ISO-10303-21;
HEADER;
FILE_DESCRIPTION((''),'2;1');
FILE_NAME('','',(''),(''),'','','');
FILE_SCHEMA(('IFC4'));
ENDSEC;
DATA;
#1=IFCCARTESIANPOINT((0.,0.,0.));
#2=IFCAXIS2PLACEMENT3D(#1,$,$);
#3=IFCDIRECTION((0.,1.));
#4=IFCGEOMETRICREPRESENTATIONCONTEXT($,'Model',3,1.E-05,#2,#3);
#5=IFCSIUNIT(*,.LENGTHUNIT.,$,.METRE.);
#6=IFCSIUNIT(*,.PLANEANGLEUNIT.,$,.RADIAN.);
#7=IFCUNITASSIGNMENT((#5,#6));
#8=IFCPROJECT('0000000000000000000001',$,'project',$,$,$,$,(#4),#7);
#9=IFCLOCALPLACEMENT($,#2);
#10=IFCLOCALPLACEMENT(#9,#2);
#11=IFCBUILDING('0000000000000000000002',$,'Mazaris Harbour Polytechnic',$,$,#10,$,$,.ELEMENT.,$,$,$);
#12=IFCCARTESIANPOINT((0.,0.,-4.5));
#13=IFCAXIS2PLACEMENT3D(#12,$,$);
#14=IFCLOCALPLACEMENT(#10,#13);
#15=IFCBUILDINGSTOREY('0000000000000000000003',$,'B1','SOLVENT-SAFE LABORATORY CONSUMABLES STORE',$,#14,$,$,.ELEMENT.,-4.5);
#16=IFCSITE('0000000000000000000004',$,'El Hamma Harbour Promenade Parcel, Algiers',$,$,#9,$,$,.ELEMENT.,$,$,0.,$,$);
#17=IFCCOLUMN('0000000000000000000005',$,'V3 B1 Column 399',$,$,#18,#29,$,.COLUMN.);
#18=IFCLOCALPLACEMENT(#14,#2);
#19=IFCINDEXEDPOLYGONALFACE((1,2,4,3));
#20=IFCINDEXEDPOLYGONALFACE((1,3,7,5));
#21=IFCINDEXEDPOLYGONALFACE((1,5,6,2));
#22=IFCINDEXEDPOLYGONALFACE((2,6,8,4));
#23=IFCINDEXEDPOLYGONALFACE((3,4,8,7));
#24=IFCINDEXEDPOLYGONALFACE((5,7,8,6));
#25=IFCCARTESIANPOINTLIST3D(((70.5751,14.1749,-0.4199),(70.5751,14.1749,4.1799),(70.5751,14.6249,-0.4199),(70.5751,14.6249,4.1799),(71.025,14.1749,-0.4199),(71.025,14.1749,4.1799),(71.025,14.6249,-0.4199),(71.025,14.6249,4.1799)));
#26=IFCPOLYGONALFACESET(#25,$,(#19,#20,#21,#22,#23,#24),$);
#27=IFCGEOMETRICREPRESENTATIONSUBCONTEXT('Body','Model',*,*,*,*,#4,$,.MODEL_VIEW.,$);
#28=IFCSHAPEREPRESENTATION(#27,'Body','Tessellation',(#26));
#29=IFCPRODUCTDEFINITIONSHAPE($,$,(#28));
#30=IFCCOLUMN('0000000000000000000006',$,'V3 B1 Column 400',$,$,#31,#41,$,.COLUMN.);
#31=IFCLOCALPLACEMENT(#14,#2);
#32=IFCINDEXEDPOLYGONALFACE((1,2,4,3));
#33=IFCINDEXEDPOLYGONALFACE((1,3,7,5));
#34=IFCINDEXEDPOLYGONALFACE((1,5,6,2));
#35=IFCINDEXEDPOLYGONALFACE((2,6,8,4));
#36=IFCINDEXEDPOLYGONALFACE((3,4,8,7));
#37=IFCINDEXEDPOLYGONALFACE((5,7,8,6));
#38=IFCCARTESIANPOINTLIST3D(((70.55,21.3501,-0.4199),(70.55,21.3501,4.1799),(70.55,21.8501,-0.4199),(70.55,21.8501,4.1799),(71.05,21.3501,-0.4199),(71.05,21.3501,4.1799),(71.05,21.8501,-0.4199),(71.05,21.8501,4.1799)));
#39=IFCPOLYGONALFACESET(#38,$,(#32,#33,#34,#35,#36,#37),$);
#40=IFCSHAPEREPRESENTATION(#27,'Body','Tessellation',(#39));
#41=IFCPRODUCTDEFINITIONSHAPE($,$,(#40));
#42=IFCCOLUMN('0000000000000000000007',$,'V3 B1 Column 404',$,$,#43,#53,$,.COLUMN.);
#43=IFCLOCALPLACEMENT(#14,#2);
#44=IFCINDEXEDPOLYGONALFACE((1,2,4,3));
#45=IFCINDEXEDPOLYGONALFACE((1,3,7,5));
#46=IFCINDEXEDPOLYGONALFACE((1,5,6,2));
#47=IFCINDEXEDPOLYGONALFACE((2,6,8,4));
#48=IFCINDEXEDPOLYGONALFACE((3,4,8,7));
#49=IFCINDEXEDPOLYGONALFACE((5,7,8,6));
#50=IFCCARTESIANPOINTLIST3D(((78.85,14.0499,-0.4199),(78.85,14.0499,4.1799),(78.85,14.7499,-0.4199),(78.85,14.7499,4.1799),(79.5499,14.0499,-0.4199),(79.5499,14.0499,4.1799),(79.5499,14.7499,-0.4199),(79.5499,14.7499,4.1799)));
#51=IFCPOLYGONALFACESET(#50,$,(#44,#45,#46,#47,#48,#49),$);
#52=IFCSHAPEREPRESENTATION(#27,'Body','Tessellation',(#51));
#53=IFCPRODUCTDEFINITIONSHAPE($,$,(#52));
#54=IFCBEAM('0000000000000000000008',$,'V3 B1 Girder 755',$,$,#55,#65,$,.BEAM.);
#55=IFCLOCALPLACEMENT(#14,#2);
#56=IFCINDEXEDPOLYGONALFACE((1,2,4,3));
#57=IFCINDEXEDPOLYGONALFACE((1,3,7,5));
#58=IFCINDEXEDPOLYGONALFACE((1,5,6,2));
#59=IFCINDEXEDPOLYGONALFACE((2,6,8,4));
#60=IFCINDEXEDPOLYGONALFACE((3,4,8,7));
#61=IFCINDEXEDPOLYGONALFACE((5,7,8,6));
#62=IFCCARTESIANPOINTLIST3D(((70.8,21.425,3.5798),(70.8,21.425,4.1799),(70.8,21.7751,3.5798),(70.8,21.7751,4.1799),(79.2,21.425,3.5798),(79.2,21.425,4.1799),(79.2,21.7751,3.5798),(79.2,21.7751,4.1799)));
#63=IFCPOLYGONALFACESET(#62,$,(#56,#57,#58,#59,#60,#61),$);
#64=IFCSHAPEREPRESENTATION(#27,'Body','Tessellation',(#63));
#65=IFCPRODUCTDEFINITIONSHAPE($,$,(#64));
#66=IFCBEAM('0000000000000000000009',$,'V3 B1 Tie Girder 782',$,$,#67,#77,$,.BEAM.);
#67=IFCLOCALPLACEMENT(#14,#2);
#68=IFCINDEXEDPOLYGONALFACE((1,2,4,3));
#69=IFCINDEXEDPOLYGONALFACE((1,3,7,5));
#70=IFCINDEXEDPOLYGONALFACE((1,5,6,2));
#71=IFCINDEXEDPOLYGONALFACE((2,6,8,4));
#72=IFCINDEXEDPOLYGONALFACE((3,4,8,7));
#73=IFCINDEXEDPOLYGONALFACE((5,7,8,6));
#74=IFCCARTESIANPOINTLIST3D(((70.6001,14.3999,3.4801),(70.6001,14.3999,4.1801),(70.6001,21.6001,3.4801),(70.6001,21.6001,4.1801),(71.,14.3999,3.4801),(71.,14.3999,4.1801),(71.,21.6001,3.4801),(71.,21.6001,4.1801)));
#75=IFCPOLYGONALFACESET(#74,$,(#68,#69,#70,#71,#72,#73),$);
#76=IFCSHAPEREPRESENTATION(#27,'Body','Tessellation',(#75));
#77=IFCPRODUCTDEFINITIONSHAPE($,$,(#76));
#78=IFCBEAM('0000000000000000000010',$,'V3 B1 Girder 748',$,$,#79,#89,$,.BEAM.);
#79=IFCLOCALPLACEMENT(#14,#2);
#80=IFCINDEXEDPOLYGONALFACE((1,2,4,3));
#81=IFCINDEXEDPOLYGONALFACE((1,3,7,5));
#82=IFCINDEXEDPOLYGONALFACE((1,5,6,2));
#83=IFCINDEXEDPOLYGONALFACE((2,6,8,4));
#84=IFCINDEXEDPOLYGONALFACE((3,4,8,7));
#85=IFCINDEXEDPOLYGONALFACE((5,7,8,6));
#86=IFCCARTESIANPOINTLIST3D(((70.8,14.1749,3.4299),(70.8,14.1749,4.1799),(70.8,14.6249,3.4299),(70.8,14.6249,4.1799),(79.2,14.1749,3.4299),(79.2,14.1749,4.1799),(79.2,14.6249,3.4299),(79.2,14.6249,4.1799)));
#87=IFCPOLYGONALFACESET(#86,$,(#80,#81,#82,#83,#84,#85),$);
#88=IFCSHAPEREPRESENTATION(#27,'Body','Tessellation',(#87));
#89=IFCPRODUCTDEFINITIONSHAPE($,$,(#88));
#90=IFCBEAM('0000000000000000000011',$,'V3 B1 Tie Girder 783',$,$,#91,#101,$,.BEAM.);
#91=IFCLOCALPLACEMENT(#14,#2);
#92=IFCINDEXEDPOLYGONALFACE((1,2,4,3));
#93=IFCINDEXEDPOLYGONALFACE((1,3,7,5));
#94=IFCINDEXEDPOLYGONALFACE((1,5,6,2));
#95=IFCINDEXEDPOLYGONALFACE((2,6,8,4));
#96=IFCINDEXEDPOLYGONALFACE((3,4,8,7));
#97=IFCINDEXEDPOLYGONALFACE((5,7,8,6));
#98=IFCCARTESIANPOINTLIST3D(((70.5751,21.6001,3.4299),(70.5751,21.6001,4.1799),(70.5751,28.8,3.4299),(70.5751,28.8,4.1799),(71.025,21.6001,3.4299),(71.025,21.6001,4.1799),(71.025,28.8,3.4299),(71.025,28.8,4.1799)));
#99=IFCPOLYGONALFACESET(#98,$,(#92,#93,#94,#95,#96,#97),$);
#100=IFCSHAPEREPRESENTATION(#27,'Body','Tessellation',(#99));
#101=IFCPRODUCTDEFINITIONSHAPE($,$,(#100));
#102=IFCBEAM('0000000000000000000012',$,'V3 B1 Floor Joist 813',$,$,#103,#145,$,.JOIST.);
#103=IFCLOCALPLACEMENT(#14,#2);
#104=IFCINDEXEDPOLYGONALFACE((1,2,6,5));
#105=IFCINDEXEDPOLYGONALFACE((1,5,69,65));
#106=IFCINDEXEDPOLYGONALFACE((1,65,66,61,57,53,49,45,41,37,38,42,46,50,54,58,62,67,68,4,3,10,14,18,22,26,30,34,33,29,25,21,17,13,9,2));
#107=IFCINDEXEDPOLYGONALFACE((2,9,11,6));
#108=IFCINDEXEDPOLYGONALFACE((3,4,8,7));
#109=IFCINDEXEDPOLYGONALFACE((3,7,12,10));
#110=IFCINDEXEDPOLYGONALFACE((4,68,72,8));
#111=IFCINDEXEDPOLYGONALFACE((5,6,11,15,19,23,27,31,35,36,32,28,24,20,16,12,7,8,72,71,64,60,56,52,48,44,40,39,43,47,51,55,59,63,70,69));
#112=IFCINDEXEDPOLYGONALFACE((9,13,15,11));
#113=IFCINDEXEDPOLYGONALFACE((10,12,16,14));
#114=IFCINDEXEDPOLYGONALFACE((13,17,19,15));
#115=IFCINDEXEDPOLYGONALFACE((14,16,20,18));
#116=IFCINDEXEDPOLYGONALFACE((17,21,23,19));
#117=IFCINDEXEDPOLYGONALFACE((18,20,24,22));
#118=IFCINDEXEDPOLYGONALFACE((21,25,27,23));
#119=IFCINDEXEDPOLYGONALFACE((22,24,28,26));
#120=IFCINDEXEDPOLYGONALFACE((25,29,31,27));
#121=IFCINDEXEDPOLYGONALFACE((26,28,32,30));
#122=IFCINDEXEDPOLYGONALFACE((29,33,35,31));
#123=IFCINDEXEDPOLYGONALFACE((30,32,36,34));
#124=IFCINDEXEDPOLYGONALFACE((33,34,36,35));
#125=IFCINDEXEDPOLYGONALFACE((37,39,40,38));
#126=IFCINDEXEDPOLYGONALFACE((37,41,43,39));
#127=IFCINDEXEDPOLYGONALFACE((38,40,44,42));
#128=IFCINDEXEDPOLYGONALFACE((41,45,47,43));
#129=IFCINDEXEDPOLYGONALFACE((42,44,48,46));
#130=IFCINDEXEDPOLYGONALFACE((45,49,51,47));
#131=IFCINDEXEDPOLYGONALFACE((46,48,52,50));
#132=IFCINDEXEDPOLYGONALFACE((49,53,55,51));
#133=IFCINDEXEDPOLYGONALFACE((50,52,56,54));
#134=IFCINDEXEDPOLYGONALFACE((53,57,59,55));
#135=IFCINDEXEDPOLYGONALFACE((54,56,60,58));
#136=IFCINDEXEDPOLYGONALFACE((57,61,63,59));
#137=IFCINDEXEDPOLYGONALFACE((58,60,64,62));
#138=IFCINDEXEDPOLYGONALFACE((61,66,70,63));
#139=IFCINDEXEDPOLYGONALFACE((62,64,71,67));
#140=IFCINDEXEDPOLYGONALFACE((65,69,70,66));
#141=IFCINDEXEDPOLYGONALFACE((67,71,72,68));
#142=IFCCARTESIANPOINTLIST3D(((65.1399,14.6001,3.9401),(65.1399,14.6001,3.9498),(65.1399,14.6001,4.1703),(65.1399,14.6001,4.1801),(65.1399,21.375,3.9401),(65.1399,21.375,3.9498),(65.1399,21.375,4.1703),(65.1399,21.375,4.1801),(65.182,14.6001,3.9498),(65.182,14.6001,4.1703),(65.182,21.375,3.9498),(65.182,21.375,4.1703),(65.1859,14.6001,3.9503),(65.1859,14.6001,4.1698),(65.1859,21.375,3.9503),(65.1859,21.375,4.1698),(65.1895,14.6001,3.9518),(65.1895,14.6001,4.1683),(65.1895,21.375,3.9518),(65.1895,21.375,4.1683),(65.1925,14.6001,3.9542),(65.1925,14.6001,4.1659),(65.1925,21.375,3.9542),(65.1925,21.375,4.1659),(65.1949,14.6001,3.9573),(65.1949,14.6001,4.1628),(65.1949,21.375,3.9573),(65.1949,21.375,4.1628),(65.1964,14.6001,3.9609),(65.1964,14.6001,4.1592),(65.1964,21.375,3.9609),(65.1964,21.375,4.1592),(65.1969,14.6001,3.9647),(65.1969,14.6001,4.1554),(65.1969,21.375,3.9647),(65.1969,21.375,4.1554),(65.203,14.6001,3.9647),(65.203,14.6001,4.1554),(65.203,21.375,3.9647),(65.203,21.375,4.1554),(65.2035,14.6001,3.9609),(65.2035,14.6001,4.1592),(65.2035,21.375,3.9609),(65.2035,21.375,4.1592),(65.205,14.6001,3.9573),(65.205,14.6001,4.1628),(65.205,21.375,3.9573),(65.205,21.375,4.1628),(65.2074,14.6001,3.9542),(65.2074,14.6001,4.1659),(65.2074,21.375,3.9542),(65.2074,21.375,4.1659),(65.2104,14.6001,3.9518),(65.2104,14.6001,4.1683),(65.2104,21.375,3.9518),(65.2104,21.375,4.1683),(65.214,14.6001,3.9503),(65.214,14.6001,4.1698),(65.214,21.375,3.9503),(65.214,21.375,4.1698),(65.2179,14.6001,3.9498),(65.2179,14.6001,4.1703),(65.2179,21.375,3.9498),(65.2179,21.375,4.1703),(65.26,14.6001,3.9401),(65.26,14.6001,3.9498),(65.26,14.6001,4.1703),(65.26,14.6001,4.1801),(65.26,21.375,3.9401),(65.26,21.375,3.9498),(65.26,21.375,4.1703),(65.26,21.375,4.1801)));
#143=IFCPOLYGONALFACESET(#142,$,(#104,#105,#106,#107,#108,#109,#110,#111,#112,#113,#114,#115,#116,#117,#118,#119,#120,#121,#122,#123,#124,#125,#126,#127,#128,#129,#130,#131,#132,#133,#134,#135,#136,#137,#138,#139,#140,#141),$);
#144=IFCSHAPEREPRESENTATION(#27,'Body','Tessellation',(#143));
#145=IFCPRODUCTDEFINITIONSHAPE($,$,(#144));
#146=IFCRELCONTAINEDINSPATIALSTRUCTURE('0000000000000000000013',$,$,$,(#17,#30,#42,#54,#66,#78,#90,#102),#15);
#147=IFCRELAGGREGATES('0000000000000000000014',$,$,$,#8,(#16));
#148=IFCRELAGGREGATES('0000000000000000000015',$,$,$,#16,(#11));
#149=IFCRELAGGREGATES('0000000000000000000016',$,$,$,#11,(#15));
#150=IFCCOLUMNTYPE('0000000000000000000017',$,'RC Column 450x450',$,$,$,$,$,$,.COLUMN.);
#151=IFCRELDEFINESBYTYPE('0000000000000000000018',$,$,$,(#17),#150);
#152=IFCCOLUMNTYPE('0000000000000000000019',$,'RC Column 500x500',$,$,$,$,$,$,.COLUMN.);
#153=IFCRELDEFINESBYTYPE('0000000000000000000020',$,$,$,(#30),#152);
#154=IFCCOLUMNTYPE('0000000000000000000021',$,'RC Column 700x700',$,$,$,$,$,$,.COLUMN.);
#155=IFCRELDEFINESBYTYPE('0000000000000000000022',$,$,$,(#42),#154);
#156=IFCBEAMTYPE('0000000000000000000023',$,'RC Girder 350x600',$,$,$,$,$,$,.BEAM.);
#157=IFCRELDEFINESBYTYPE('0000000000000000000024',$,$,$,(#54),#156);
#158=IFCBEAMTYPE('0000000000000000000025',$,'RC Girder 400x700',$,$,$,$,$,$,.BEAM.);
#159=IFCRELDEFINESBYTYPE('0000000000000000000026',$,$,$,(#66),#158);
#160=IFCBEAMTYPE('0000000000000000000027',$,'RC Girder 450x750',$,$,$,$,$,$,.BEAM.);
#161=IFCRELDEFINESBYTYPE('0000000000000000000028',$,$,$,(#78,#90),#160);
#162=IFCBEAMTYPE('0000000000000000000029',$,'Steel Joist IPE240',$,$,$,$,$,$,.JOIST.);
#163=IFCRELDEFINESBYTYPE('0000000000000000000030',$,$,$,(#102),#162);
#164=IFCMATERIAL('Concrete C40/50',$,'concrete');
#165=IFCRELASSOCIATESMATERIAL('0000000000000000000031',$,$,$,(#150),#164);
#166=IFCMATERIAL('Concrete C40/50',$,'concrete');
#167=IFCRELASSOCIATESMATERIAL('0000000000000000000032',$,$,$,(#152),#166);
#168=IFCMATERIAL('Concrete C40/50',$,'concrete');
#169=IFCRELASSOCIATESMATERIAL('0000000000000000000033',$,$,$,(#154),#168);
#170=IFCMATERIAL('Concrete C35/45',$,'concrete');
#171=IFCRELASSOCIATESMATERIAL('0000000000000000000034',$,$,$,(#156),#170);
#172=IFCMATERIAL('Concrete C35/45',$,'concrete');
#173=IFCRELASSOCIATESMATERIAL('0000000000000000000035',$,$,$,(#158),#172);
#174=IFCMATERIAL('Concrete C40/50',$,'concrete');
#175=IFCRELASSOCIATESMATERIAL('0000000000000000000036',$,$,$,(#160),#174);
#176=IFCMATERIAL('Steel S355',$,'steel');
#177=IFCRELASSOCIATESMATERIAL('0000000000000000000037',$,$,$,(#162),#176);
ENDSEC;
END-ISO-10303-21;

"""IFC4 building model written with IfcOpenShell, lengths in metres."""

from ifc_helpers import new_model, si_unit, direction, frame, origin, origin_2d, place, context, subcontext, project, spatial, rectangle, i_section, extrude, material, material_profile, profile_set, type_object, element, save


model = new_model("IFC4")

# Units and contexts
model_context = context("Model", 3, precision=1e-05, world=origin(), true_north=direction((0.0, 1.0)))
body_context = subcontext(model_context, "Body", "Model", "MODEL_VIEW")
ifc_project = project(units=[si_unit("LENGTHUNIT", "METRE"), si_unit("PLANEANGLEUNIT", "RADIAN")], contexts=[model_context])

# Site, building, storey
site_placement = place(None, origin())
site = spatial("IfcSite", under=ifc_project, at=site_placement, Name="El Hamma Harbour Promenade Parcel, Algiers", CompositionType="ELEMENT", RefElevation=0.0)
building_placement = place(site_placement, origin())
building = spatial("IfcBuilding", under=site, at=building_placement, Name="Mazaris Harbour Polytechnic", CompositionType="ELEMENT")
storey_placement = place(building_placement, frame((0.0, 0.0, -4.5)))
storey = spatial("IfcBuildingStorey", under=building, at=storey_placement, Name="B1", Description="SOLVENT-SAFE LABORATORY CONSUMABLES STORE", CompositionType="ELEMENT", Elevation=-4.5)

# Columns
ifc_material_1 = material(Name="Concrete C40/50", Category="concrete")
ifc_material_profile_1 = material_profile(ifc_material_1, rectangle(XDim=0.45, YDim=0.45, at=origin_2d()), Name="RECT450x450")
ifc_profile_set_1 = profile_set([ifc_material_profile_1], Name="Concrete C40/50")
column_type_1 = type_object("IfcColumnType", Name="RC Column 450x450", PredefinedType="COLUMN", material=ifc_profile_set_1)
column_1_placement = place(storey_placement, frame((70.8, 14.3999, -0.4199), z_axis=(0.0, 0.0, 1.0), x_axis=(1.0, 0.0, 0.0)))
element("IfcColumn", 1, at=column_1_placement, inside=storey, type_object=column_type_1, Name="V3 B1 Column 399", PredefinedType="COLUMN", context=body_context, shape_type="SweptSolid", body=[
    extrude(rectangle(XDim=0.45, YDim=0.45, at=origin_2d()), origin(), (0.0, 0.0, 1.0), 4.5999),
])
ifc_material_2 = material(Name="Concrete C40/50", Category="concrete")
ifc_material_profile_2 = material_profile(ifc_material_2, rectangle(XDim=0.5, YDim=0.5, at=origin_2d()), Name="RECT500x500")
ifc_profile_set_2 = profile_set([ifc_material_profile_2], Name="Concrete C40/50")
column_type_2 = type_object("IfcColumnType", Name="RC Column 500x500", PredefinedType="COLUMN", material=ifc_profile_set_2)
column_2_placement = place(storey_placement, frame((70.8, 21.6001, -0.4199), z_axis=(0.0, 0.0, 1.0), x_axis=(1.0, 0.0, 0.0)))
element("IfcColumn", 2, at=column_2_placement, inside=storey, type_object=column_type_2, Name="V3 B1 Column 400", PredefinedType="COLUMN", context=body_context, shape_type="SweptSolid", body=[
    extrude(rectangle(XDim=0.5, YDim=0.5, at=origin_2d()), origin(), (0.0, 0.0, 1.0), 4.5999),
])
ifc_material_3 = material(Name="Concrete C40/50", Category="concrete")
ifc_material_profile_3 = material_profile(ifc_material_3, rectangle(XDim=0.7, YDim=0.7, at=origin_2d()), Name="RECT700x700")
ifc_profile_set_3 = profile_set([ifc_material_profile_3], Name="Concrete C40/50")
column_type_3 = type_object("IfcColumnType", Name="RC Column 700x700", PredefinedType="COLUMN", material=ifc_profile_set_3)
column_3_placement = place(storey_placement, frame((79.2, 14.3999, -0.4199), z_axis=(0.0, 0.0, 1.0), x_axis=(1.0, 0.0, 0.0)))
element("IfcColumn", 3, at=column_3_placement, inside=storey, type_object=column_type_3, Name="V3 B1 Column 404", PredefinedType="COLUMN", context=body_context, shape_type="SweptSolid", body=[
    extrude(rectangle(XDim=0.7, YDim=0.7, at=origin_2d()), origin(), (0.0, 0.0, 1.0), 4.5999),
])

# Beams
ifc_material_4 = material(Name="Concrete C35/45", Category="concrete")
ifc_material_profile_4 = material_profile(ifc_material_4, rectangle(XDim=0.3501, YDim=0.6001, at=origin_2d()), Name="RECT350x600")
ifc_profile_set_4 = profile_set([ifc_material_profile_4], Name="Concrete C35/45")
beam_type_1 = type_object("IfcBeamType", Name="RC Girder 350x600", PredefinedType="BEAM", material=ifc_profile_set_4)
beam_1_placement = place(storey_placement, frame((70.8, 21.6001, 3.8799), z_axis=(1.0, 0.0, 0.0), x_axis=(0.0, 1.0, 0.0)))
element("IfcBeam", 4, at=beam_1_placement, inside=storey, type_object=beam_type_1, Name="V3 B1 Girder 755", PredefinedType="BEAM", context=body_context, shape_type="SweptSolid", body=[
    extrude(rectangle(XDim=0.3501, YDim=0.6001, at=origin_2d()), origin(), (0.0, 0.0, 1.0), 8.3999),
])
ifc_material_5 = material(Name="Concrete C35/45", Category="concrete")
ifc_material_profile_5 = material_profile(ifc_material_5, rectangle(XDim=0.3999, YDim=0.7, at=origin_2d()), Name="RECT400x700")
ifc_profile_set_5 = profile_set([ifc_material_profile_5], Name="Concrete C35/45")
beam_type_2 = type_object("IfcBeamType", Name="RC Girder 400x700", PredefinedType="BEAM", material=ifc_profile_set_5)
beam_2_placement = place(storey_placement, frame((70.8, 14.3999, 3.8301), z_axis=(0.0, 1.0, 0.0), x_axis=(-1.0, 0.0, 0.0)))
element("IfcBeam", 5, at=beam_2_placement, inside=storey, type_object=beam_type_2, Name="V3 B1 Tie Girder 782", PredefinedType="BEAM", context=body_context, shape_type="SweptSolid", body=[
    extrude(rectangle(XDim=0.3999, YDim=0.7, at=origin_2d()), origin(), (0.0, 0.0, 1.0), 7.2002),
])
ifc_material_6 = material(Name="Concrete C40/50", Category="concrete")
ifc_material_profile_6 = material_profile(ifc_material_6, rectangle(XDim=0.45, YDim=0.75, at=origin_2d()), Name="RECT450x750")
ifc_profile_set_6 = profile_set([ifc_material_profile_6], Name="Concrete C40/50")
beam_type_3 = type_object("IfcBeamType", Name="RC Girder 450x750", PredefinedType="BEAM", material=ifc_profile_set_6)
beam_3_placement = place(storey_placement, frame((70.8, 14.3999, 3.8049), z_axis=(1.0, 0.0, 0.0), x_axis=(0.0, 1.0, 0.0)))
element("IfcBeam", 6, at=beam_3_placement, inside=storey, type_object=beam_type_3, Name="V3 B1 Girder 748", PredefinedType="BEAM", context=body_context, shape_type="SweptSolid", body=[
    extrude(rectangle(XDim=0.45, YDim=0.75, at=origin_2d()), origin(), (0.0, 0.0, 1.0), 8.3999),
])
beam_4_placement = place(storey_placement, frame((70.8, 21.6001, 3.8049), z_axis=(0.0, 1.0, 0.0), x_axis=(-1.0, 0.0, 0.0)))
element("IfcBeam", 7, at=beam_4_placement, inside=storey, type_object=beam_type_3, Name="V3 B1 Tie Girder 783", PredefinedType="BEAM", context=body_context, shape_type="SweptSolid", body=[
    extrude(rectangle(XDim=0.45, YDim=0.75, at=origin_2d()), origin(), (0.0, 0.0, 1.0), 7.2),
])
ifc_material_7 = material(Name="Steel S355", Category="steel")
ifc_material_profile_7 = material_profile(ifc_material_7, i_section(OverallWidth=0.1201, OverallDepth=0.24, WebThickness=0.0061, FlangeThickness=0.0098, FilletRadius=0.0149, at=origin_2d()), Name="IPE 240")
ifc_profile_set_7 = profile_set([ifc_material_profile_7], Name="Steel S355")
beam_type_4 = type_object("IfcBeamType", Name="Steel Joist IPE240", PredefinedType="JOIST", material=ifc_profile_set_7)
beam_5_placement = place(storey_placement, frame((65.2, 14.6001, 4.0601), z_axis=(0.0, 1.0, 0.0), x_axis=(-1.0, 0.0, 0.0)))
element("IfcBeam", 8, at=beam_5_placement, inside=storey, type_object=beam_type_4, Name="V3 B1 Floor Joist 813", PredefinedType="JOIST", context=body_context, shape_type="SweptSolid", body=[
    extrude(i_section(OverallWidth=0.1201, OverallDepth=0.24, WebThickness=0.0061, FlangeThickness=0.0098, FilletRadius=0.0149, at=origin_2d()), origin(), (0.0, 0.0, 1.0), 6.7749),
])

save(model, "model.ifc")
